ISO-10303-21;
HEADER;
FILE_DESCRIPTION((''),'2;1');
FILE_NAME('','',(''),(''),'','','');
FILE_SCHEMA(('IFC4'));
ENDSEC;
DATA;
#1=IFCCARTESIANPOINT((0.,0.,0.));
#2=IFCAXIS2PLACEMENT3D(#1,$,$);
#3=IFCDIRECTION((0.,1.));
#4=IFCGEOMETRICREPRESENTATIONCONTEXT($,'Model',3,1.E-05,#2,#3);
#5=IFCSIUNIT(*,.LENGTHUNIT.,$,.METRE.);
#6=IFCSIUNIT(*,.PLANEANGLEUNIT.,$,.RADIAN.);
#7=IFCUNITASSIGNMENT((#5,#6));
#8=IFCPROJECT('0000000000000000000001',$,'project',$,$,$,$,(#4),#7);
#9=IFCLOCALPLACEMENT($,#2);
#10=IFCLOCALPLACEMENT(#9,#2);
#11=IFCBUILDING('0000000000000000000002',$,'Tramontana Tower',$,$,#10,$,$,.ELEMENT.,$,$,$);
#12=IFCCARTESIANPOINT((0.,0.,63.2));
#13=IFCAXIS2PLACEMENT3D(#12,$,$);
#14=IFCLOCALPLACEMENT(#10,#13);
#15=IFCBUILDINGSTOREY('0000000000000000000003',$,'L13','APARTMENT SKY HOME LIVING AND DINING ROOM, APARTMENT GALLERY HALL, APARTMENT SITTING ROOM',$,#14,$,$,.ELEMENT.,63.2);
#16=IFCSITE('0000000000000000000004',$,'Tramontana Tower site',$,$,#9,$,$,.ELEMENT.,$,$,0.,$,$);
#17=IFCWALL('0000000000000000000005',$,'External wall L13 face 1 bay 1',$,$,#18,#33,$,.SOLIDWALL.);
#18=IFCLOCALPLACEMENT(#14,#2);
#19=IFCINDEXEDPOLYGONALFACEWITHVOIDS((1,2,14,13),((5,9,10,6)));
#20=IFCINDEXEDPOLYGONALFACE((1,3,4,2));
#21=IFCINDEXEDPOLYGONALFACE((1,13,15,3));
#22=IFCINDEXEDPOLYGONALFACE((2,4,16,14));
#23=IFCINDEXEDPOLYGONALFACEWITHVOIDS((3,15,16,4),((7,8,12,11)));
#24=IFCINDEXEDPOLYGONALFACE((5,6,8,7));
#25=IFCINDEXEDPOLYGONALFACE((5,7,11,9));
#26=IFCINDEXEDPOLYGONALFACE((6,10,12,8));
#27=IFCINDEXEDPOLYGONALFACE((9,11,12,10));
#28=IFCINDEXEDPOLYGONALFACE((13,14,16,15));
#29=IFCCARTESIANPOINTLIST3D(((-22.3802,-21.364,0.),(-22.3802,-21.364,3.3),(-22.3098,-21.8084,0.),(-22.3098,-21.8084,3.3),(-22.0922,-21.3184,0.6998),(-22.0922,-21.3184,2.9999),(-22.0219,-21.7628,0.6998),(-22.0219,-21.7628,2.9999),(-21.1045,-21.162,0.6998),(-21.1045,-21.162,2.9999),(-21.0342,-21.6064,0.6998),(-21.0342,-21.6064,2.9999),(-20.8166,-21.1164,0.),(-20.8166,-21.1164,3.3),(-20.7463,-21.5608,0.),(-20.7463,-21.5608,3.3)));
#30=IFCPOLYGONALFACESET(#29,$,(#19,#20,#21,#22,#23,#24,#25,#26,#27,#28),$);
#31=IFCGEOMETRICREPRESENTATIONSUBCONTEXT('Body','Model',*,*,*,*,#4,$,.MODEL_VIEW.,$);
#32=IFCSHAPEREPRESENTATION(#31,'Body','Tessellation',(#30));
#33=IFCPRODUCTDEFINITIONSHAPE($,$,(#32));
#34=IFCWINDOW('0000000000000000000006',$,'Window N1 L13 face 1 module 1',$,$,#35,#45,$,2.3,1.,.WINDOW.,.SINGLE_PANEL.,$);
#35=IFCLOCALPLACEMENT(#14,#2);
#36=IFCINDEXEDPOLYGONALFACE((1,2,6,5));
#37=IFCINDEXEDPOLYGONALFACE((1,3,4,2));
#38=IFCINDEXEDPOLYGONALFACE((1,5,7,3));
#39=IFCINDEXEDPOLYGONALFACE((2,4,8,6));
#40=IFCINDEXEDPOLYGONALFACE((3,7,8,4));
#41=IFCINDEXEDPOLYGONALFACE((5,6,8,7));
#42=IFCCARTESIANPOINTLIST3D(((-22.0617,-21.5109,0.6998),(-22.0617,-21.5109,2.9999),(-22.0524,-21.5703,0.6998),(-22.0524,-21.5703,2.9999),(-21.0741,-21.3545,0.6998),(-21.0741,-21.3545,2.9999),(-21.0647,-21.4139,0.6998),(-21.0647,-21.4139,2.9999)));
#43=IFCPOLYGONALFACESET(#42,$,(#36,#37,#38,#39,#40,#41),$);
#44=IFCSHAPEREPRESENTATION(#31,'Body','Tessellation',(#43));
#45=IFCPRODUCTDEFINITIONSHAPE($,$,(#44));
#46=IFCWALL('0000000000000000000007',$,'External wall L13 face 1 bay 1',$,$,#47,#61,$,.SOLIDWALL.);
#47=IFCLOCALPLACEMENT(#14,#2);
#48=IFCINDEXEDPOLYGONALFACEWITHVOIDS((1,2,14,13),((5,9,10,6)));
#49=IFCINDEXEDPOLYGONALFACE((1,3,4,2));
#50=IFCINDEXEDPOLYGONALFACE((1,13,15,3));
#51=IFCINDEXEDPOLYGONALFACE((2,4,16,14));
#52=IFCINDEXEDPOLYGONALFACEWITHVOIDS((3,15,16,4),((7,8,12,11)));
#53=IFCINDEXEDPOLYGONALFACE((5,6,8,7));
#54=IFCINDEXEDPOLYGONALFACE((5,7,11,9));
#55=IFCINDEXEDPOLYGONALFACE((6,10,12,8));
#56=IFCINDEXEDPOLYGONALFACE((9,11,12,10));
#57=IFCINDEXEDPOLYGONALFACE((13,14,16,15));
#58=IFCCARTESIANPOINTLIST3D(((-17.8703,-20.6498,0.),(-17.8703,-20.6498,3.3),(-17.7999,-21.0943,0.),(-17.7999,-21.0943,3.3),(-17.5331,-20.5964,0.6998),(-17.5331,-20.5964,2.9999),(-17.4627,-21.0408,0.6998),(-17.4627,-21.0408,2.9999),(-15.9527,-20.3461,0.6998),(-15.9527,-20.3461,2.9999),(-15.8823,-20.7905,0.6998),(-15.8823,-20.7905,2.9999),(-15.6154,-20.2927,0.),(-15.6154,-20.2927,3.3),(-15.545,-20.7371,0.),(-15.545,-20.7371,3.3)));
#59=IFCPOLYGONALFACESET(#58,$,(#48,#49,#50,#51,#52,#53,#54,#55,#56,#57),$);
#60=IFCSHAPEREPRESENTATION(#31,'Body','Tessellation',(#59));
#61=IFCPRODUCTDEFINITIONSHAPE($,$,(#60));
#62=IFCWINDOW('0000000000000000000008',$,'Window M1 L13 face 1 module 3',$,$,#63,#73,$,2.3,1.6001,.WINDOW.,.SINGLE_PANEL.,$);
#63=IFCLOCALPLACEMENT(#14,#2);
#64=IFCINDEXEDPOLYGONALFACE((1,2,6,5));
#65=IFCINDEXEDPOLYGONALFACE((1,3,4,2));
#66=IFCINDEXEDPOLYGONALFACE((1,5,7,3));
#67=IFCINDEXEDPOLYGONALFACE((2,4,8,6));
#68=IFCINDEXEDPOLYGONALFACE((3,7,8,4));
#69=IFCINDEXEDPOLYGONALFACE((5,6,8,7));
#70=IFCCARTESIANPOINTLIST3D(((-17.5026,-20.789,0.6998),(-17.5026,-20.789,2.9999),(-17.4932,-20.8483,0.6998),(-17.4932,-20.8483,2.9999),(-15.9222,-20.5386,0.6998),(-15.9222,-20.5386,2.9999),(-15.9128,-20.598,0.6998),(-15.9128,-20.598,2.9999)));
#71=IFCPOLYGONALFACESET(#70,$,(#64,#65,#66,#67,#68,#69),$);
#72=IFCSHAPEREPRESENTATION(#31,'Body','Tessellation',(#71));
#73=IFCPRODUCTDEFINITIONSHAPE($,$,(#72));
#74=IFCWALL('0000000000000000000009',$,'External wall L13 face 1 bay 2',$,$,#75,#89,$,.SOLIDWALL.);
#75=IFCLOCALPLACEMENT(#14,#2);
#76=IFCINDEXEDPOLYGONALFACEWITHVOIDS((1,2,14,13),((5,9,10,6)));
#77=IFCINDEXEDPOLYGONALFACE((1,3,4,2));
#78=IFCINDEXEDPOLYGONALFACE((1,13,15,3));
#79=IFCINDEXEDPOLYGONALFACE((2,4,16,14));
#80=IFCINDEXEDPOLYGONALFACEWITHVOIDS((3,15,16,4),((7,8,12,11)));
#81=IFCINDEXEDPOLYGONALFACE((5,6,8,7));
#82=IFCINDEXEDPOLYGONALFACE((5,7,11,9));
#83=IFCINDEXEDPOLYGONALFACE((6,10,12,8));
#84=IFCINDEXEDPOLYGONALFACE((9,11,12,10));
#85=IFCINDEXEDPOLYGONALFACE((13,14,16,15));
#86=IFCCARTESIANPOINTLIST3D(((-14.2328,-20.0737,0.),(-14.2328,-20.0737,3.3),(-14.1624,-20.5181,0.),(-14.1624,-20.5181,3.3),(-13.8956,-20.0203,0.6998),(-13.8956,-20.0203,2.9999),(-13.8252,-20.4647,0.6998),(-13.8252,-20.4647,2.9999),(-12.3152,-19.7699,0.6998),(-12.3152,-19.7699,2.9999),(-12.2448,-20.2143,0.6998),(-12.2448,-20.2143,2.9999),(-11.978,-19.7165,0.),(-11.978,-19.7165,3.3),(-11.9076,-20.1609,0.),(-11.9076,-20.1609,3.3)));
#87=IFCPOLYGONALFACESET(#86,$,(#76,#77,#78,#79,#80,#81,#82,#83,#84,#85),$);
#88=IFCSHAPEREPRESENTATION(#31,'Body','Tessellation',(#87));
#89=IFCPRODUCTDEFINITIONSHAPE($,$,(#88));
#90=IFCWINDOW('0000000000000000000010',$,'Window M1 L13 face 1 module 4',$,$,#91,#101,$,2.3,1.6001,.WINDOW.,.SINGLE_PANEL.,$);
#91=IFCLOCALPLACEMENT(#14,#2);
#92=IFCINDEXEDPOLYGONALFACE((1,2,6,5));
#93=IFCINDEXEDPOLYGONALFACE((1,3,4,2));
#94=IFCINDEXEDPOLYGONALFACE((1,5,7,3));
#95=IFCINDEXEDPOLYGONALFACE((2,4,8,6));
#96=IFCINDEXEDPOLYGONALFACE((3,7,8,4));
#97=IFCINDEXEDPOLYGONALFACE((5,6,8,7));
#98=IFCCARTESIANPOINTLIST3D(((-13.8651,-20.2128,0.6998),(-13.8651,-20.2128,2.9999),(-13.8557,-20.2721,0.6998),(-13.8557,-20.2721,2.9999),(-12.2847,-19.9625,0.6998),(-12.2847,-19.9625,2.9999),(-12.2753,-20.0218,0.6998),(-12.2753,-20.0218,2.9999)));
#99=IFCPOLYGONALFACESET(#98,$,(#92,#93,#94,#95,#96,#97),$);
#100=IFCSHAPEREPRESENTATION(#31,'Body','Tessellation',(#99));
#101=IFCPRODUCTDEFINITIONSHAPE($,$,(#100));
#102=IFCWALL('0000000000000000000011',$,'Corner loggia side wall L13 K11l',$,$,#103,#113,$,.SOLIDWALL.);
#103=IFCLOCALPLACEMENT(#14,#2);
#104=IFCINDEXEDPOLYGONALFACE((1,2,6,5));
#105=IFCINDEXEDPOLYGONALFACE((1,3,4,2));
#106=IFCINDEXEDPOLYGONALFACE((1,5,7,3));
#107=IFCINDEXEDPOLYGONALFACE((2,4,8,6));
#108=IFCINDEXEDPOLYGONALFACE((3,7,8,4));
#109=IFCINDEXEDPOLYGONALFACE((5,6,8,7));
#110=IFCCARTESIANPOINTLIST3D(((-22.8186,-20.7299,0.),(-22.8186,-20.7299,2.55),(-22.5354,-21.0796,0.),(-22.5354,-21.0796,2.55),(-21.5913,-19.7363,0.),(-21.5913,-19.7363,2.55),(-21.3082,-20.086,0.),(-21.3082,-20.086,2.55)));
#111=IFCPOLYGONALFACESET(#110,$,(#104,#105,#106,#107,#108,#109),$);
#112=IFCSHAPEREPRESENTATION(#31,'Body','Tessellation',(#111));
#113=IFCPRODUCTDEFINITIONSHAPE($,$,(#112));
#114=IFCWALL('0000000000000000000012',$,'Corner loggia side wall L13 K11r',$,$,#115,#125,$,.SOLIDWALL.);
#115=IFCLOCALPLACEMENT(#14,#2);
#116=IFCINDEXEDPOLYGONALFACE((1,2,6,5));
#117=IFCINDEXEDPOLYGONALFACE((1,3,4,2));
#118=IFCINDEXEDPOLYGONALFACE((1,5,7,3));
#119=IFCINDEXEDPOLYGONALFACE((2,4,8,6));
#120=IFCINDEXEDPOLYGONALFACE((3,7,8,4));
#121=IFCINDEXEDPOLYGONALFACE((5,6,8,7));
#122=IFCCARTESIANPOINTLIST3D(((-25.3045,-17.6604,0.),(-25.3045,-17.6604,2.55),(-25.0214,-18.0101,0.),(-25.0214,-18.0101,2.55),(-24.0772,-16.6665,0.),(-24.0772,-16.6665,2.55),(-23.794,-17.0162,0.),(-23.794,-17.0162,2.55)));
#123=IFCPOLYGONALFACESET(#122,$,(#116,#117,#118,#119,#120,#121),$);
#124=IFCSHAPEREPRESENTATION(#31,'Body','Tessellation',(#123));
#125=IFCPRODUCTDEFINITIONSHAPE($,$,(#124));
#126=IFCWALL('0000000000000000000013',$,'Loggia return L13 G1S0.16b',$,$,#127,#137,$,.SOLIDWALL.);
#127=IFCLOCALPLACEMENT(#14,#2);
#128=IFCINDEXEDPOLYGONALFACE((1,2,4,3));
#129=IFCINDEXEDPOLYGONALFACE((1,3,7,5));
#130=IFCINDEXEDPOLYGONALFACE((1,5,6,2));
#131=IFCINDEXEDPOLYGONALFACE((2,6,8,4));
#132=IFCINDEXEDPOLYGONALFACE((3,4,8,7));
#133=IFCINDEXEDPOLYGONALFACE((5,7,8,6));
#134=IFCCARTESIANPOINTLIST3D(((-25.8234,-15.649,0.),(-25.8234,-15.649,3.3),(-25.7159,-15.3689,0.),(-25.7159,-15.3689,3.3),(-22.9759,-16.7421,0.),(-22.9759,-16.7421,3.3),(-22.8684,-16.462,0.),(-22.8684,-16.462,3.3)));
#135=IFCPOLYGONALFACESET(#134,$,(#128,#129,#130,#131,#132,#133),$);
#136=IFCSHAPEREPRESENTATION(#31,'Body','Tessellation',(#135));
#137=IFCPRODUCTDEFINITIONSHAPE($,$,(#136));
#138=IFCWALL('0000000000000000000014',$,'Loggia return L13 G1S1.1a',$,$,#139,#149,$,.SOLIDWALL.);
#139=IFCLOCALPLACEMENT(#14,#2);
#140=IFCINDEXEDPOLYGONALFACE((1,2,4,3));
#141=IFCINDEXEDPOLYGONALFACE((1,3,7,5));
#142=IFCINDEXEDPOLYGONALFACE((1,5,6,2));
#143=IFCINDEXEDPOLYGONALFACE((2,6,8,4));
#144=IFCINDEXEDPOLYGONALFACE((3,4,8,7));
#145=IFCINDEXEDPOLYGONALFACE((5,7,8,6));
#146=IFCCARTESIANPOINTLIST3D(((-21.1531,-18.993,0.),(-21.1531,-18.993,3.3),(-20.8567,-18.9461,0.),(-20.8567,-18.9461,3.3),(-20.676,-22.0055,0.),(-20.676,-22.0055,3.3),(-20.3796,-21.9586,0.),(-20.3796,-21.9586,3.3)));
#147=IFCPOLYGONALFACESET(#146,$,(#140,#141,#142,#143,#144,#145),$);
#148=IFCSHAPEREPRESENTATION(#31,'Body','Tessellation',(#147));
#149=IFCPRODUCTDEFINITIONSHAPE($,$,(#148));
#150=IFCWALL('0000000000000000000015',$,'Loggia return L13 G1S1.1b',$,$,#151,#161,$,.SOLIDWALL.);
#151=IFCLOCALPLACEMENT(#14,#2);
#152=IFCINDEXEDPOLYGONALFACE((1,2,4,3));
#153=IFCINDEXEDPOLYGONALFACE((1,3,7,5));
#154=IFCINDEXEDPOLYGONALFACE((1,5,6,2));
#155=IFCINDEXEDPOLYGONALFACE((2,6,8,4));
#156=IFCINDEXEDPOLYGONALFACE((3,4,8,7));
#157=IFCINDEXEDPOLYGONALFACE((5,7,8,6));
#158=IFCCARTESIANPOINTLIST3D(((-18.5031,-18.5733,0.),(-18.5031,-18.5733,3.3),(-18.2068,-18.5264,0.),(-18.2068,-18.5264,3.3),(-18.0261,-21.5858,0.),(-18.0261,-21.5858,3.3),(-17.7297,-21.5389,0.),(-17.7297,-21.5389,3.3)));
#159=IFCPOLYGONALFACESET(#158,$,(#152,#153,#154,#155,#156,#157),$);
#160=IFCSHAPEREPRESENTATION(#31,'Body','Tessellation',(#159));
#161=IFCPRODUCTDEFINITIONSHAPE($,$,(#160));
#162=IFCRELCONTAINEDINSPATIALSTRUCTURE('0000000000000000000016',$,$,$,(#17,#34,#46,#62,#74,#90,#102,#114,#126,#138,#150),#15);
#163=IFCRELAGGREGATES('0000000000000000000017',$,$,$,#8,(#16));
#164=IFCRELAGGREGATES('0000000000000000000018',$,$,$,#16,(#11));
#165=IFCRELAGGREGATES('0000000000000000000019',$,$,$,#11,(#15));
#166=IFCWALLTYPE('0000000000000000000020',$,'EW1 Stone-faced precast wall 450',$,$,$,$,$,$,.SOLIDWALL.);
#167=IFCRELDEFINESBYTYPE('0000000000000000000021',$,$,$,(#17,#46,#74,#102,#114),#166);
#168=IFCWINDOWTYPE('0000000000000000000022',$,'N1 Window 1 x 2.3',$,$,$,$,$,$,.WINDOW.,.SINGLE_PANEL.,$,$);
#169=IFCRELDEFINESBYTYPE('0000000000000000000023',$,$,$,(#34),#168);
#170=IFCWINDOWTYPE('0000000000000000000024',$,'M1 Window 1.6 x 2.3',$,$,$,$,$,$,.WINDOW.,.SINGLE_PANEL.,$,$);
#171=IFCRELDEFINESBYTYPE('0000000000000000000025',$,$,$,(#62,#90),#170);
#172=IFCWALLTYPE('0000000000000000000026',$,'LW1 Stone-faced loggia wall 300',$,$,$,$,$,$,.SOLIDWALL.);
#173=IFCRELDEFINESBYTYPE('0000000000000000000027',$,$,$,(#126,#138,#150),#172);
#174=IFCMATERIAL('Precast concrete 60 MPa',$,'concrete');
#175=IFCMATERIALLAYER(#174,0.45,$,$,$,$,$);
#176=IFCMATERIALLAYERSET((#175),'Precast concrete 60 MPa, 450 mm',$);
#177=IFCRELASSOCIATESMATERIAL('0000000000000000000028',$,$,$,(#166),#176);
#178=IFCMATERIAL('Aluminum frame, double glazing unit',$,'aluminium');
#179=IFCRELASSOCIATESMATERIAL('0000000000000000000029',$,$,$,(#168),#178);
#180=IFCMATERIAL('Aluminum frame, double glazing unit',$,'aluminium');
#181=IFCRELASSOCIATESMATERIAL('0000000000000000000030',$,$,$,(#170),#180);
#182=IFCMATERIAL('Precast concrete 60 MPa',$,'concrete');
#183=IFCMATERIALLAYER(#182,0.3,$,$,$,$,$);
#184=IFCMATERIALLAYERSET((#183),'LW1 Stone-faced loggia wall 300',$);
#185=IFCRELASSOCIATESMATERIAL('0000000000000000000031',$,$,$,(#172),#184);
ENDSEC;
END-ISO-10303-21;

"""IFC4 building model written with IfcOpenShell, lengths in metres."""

from ifc_helpers import new_model, si_unit, direction, frame, frame_2d, origin, place, context, subcontext, project, spatial, rectangle, extrude, material, layer, layer_set, type_object, element, fill, save


model = new_model("IFC4")

# Units and contexts
model_context = context("Model", 3, precision=1e-05, world=origin(), true_north=direction((0.0, 1.0)))
body_context = subcontext(model_context, "Body", "Model", "MODEL_VIEW")
ifc_project = project(units=[si_unit("LENGTHUNIT", "METRE"), si_unit("PLANEANGLEUNIT", "RADIAN")], contexts=[model_context])

# Site, building, storey
site_placement = place(None, origin())
site = spatial("IfcSite", under=ifc_project, at=site_placement, Name="Tramontana Tower site", CompositionType="ELEMENT", RefElevation=0.0)
building_placement = place(site_placement, origin())
building = spatial("IfcBuilding", under=site, at=building_placement, Name="Tramontana Tower", CompositionType="ELEMENT")
storey_placement = place(building_placement, frame((0.0, 0.0, 63.2)))
storey = spatial("IfcBuildingStorey", under=building, at=storey_placement, Name="L13", Description="APARTMENT SKY HOME LIVING AND DINING ROOM, APARTMENT GALLERY HALL, APARTMENT SITTING ROOM", CompositionType="ELEMENT", Elevation=63.2)

# Walls, openings, windows
ifc_material_1 = material(Name="Precast concrete 60 MPa", Category="concrete")
ifc_layer_1 = layer(ifc_material_1, 0.45)
ifc_layer_set_1 = layer_set([ifc_layer_1], Name="Precast concrete 60 MPa, 450 mm")
wall_type_1 = type_object("IfcWallType", Name="EW1 Stone-faced precast wall 450", PredefinedType="SOLIDWALL", material=ifc_layer_set_1)
ifc_material_2 = material(Name="Aluminum frame, double glazing unit", Category="aluminium")
window_type_1 = type_object("IfcWindowType", Name="N1 Window 1 x 2.3", PartitioningType="SINGLE_PANEL", PredefinedType="WINDOW", material=ifc_material_2)
wall_1_placement = place(storey_placement, frame((-22.345, -21.5862, 0.0), z_axis=(0.0, 0.0, 1.0), x_axis=(0.987695, 0.15639, 0.0)))
wall_1 = element("IfcWall", 1, at=wall_1_placement, inside=storey, type_object=wall_type_1, Name="External wall L13 face 1 bay 1", PredefinedType="SOLIDWALL", context=body_context, shape_type="SweptSolid", body=[
    extrude(rectangle(XDim=1.583, YDim=0.45, at=frame_2d((0.7915, 0.0))), origin(), (0.0, 0.0, 1.0), 3.3),
])
opening_1_placement = place(wall_1_placement, frame((0.2915, 0.0, 0.7)))
opening_1 = element("IfcOpeningElement", 2, at=opening_1_placement, cuts=wall_1, PredefinedType="OPENING", context=body_context, shape_type="SweptSolid", body=[
    extrude(rectangle(XDim=1.0, YDim=2.3, at=frame_2d((0.5, 1.1499))), frame((0.0, 0.2349, 0.0), z_axis=(0.0, -1.0, 0.0), x_axis=(1.0, 0.0, 0.0)), (0.0, 0.0, 1.0), 0.47),
])
window_1_placement = place(opening_1_placement, origin())
window_1 = element("IfcWindow", 3, at=window_1_placement, inside=storey, type_object=window_type_1, Name="Window N1 L13 face 1 module 1", OverallHeight=2.3, OverallWidth=1.0, PartitioningType="SINGLE_PANEL", PredefinedType="WINDOW", context=body_context, shape_type="SweptSolid", body=[
    extrude(rectangle(XDim=1.0, YDim=2.3, at=frame_2d((0.5, 1.1499))), frame((0.0, 0.03, 0.0), z_axis=(0.0, -1.0, 0.0), x_axis=(1.0, 0.0, 0.0)), (0.0, 0.0, 1.0), 0.0601),
])
fill(opening_1, window_1)
wall_2_placement = place(storey_placement, frame((-17.8352, -20.8721, 0.0), z_axis=(0.0, 0.0, 1.0), x_axis=(0.987686, 0.156451, 0.0)))
wall_2 = element("IfcWall", 4, at=wall_2_placement, inside=storey, type_object=wall_type_1, Name="External wall L13 face 1 bay 1", PredefinedType="SOLIDWALL", context=body_context, shape_type="SweptSolid", body=[
    extrude(rectangle(XDim=2.283, YDim=0.45, at=frame_2d((1.1416, 0.0))), origin(), (0.0, 0.0, 1.0), 3.3),
])
opening_2_placement = place(wall_2_placement, frame((0.3416, 0.0, 0.7)))
opening_2 = element("IfcOpeningElement", 5, at=opening_2_placement, cuts=wall_2, PredefinedType="OPENING", context=body_context, shape_type="SweptSolid", body=[
    extrude(rectangle(XDim=1.6001, YDim=2.3, at=frame_2d((0.8, 1.1499))), frame((0.0, 0.2349, 0.0), z_axis=(0.0, -1.0, 0.0), x_axis=(1.0, 0.0, 0.0)), (0.0, 0.0, 1.0), 0.47),
])
ifc_material_3 = material(Name="Aluminum frame, double glazing unit", Category="aluminium")
window_type_2 = type_object("IfcWindowType", Name="M1 Window 1.6 x 2.3", PartitioningType="SINGLE_PANEL", PredefinedType="WINDOW", material=ifc_material_3)
window_2_placement = place(opening_2_placement, origin())
window_2 = element("IfcWindow", 6, at=window_2_placement, inside=storey, type_object=window_type_2, Name="Window M1 L13 face 1 module 3", OverallHeight=2.3, OverallWidth=1.6001, PartitioningType="SINGLE_PANEL", PredefinedType="WINDOW", context=body_context, shape_type="SweptSolid", body=[
    extrude(rectangle(XDim=1.6001, YDim=2.3, at=frame_2d((0.8, 1.1499))), frame((0.0, 0.03, 0.0), z_axis=(0.0, -1.0, 0.0), x_axis=(1.0, 0.0, 0.0)), (0.0, 0.0, 1.0), 0.0601),
])
fill(opening_2, window_2)
wall_3_placement = place(storey_placement, frame((-14.1978, -20.2959, 0.0), z_axis=(0.0, 0.0, 1.0), x_axis=(0.987686, 0.156451, 0.0)))
wall_3 = element("IfcWall", 7, at=wall_3_placement, inside=storey, type_object=wall_type_1, Name="External wall L13 face 1 bay 2", PredefinedType="SOLIDWALL", context=body_context, shape_type="SweptSolid", body=[
    extrude(rectangle(XDim=2.283, YDim=0.45, at=frame_2d((1.1416, 0.0))), origin(), (0.0, 0.0, 1.0), 3.3),
])
opening_3_placement = place(wall_3_placement, frame((0.3416, 0.0, 0.7)))
opening_3 = element("IfcOpeningElement", 8, at=opening_3_placement, cuts=wall_3, PredefinedType="OPENING", context=body_context, shape_type="SweptSolid", body=[
    extrude(rectangle(XDim=1.6001, YDim=2.3, at=frame_2d((0.8, 1.1499))), frame((0.0, 0.2349, 0.0), z_axis=(0.0, -1.0, 0.0), x_axis=(1.0, 0.0, 0.0)), (0.0, 0.0, 1.0), 0.47),
])
window_3_placement = place(opening_3_placement, origin())
window_3 = element("IfcWindow", 9, at=window_3_placement, inside=storey, type_object=window_type_2, Name="Window M1 L13 face 1 module 4", OverallHeight=2.3, OverallWidth=1.6001, PartitioningType="SINGLE_PANEL", PredefinedType="WINDOW", context=body_context, shape_type="SweptSolid", body=[
    extrude(rectangle(XDim=1.6001, YDim=2.3, at=frame_2d((0.8, 1.1499))), frame((0.0, 0.03, 0.0), z_axis=(0.0, -1.0, 0.0), x_axis=(1.0, 0.0, 0.0)), (0.0, 0.0, 1.0), 0.0601),
])
fill(opening_3, window_3)

# Walls
wall_4_placement = place(storey_placement, frame((-22.677, -20.9048, 0.0), z_axis=(0.0, 0.0, 1.0), x_axis=(0.777205, 0.629247, 0.0)))
element("IfcWall", 10, at=wall_4_placement, inside=storey, type_object=wall_type_1, Name="Corner loggia side wall L13 K11l", PredefinedType="SOLIDWALL", context=body_context, shape_type="SweptSolid", body=[
    extrude(rectangle(XDim=1.5791, YDim=0.45, at=frame_2d((0.7896, 0.0))), origin(), (0.0, 0.0, 1.0), 2.55),
])
wall_5_placement = place(storey_placement, frame((-25.1628, -17.8352, 0.0), z_axis=(0.0, 0.0, 1.0), x_axis=(0.77713, 0.629341, 0.0)))
element("IfcWall", 11, at=wall_5_placement, inside=storey, type_object=wall_type_1, Name="Corner loggia side wall L13 K11r", PredefinedType="SOLIDWALL", context=body_context, shape_type="SweptSolid", body=[
    extrude(rectangle(XDim=1.5793, YDim=0.45, at=frame_2d((0.7896, 0.0))), origin(), (0.0, 0.0, 1.0), 2.55),
])

# Wall
ifc_material_4 = material(Name="Precast concrete 60 MPa", Category="concrete")
ifc_layer_2 = layer(ifc_material_4, 0.3)
ifc_layer_set_2 = layer_set([ifc_layer_2], Name="LW1 Stone-faced loggia wall 300")
wall_type_2 = type_object("IfcWallType", Name="LW1 Stone-faced loggia wall 300", PredefinedType="SOLIDWALL", material=ifc_layer_set_2)
wall_6_placement = place(storey_placement, frame((-25.7695, -15.509, 0.0), z_axis=(0.0, 0.0, 1.0), x_axis=(0.933581, -0.358368, 0.0)))
element("IfcWall", 12, at=wall_6_placement, inside=storey, type_object=wall_type_2, Name="Loggia return L13 G1S0.16b", PredefinedType="SOLIDWALL", context=body_context, shape_type="SweptSolid", body=[
    extrude(rectangle(XDim=3.05, YDim=0.3, at=frame_2d((1.5249, 0.0))), origin(), (0.0, 0.0, 1.0), 3.3),
])

# Walls
for number, where, z_axis, x_axis, name in (
    (13, (-20.5278, -21.9819, 0.0), (0.0, 0.0, 1.0), (-0.156411, 0.987692, 0.0), "Loggia return L13 G1S1.1a"),
    (14, (-17.8779, -21.5623, 0.0), (0.0, 0.0, 1.0), (-0.156411, 0.987692, 0.0), "Loggia return L13 G1S1.1b"),
):
    element("IfcWall", number, at=place(storey_placement, frame(where, z_axis=z_axis, x_axis=x_axis)), inside=storey, type_object=wall_type_2, Name=name, PredefinedType="SOLIDWALL", context=body_context, shape_type="SweptSolid", body=[
        extrude(rectangle(XDim=3.05, YDim=0.3, at=frame_2d((1.5249, 0.0))), origin(), (0.0, 0.0, 1.0), 3.3),
    ])

save(model, "model.ifc")
